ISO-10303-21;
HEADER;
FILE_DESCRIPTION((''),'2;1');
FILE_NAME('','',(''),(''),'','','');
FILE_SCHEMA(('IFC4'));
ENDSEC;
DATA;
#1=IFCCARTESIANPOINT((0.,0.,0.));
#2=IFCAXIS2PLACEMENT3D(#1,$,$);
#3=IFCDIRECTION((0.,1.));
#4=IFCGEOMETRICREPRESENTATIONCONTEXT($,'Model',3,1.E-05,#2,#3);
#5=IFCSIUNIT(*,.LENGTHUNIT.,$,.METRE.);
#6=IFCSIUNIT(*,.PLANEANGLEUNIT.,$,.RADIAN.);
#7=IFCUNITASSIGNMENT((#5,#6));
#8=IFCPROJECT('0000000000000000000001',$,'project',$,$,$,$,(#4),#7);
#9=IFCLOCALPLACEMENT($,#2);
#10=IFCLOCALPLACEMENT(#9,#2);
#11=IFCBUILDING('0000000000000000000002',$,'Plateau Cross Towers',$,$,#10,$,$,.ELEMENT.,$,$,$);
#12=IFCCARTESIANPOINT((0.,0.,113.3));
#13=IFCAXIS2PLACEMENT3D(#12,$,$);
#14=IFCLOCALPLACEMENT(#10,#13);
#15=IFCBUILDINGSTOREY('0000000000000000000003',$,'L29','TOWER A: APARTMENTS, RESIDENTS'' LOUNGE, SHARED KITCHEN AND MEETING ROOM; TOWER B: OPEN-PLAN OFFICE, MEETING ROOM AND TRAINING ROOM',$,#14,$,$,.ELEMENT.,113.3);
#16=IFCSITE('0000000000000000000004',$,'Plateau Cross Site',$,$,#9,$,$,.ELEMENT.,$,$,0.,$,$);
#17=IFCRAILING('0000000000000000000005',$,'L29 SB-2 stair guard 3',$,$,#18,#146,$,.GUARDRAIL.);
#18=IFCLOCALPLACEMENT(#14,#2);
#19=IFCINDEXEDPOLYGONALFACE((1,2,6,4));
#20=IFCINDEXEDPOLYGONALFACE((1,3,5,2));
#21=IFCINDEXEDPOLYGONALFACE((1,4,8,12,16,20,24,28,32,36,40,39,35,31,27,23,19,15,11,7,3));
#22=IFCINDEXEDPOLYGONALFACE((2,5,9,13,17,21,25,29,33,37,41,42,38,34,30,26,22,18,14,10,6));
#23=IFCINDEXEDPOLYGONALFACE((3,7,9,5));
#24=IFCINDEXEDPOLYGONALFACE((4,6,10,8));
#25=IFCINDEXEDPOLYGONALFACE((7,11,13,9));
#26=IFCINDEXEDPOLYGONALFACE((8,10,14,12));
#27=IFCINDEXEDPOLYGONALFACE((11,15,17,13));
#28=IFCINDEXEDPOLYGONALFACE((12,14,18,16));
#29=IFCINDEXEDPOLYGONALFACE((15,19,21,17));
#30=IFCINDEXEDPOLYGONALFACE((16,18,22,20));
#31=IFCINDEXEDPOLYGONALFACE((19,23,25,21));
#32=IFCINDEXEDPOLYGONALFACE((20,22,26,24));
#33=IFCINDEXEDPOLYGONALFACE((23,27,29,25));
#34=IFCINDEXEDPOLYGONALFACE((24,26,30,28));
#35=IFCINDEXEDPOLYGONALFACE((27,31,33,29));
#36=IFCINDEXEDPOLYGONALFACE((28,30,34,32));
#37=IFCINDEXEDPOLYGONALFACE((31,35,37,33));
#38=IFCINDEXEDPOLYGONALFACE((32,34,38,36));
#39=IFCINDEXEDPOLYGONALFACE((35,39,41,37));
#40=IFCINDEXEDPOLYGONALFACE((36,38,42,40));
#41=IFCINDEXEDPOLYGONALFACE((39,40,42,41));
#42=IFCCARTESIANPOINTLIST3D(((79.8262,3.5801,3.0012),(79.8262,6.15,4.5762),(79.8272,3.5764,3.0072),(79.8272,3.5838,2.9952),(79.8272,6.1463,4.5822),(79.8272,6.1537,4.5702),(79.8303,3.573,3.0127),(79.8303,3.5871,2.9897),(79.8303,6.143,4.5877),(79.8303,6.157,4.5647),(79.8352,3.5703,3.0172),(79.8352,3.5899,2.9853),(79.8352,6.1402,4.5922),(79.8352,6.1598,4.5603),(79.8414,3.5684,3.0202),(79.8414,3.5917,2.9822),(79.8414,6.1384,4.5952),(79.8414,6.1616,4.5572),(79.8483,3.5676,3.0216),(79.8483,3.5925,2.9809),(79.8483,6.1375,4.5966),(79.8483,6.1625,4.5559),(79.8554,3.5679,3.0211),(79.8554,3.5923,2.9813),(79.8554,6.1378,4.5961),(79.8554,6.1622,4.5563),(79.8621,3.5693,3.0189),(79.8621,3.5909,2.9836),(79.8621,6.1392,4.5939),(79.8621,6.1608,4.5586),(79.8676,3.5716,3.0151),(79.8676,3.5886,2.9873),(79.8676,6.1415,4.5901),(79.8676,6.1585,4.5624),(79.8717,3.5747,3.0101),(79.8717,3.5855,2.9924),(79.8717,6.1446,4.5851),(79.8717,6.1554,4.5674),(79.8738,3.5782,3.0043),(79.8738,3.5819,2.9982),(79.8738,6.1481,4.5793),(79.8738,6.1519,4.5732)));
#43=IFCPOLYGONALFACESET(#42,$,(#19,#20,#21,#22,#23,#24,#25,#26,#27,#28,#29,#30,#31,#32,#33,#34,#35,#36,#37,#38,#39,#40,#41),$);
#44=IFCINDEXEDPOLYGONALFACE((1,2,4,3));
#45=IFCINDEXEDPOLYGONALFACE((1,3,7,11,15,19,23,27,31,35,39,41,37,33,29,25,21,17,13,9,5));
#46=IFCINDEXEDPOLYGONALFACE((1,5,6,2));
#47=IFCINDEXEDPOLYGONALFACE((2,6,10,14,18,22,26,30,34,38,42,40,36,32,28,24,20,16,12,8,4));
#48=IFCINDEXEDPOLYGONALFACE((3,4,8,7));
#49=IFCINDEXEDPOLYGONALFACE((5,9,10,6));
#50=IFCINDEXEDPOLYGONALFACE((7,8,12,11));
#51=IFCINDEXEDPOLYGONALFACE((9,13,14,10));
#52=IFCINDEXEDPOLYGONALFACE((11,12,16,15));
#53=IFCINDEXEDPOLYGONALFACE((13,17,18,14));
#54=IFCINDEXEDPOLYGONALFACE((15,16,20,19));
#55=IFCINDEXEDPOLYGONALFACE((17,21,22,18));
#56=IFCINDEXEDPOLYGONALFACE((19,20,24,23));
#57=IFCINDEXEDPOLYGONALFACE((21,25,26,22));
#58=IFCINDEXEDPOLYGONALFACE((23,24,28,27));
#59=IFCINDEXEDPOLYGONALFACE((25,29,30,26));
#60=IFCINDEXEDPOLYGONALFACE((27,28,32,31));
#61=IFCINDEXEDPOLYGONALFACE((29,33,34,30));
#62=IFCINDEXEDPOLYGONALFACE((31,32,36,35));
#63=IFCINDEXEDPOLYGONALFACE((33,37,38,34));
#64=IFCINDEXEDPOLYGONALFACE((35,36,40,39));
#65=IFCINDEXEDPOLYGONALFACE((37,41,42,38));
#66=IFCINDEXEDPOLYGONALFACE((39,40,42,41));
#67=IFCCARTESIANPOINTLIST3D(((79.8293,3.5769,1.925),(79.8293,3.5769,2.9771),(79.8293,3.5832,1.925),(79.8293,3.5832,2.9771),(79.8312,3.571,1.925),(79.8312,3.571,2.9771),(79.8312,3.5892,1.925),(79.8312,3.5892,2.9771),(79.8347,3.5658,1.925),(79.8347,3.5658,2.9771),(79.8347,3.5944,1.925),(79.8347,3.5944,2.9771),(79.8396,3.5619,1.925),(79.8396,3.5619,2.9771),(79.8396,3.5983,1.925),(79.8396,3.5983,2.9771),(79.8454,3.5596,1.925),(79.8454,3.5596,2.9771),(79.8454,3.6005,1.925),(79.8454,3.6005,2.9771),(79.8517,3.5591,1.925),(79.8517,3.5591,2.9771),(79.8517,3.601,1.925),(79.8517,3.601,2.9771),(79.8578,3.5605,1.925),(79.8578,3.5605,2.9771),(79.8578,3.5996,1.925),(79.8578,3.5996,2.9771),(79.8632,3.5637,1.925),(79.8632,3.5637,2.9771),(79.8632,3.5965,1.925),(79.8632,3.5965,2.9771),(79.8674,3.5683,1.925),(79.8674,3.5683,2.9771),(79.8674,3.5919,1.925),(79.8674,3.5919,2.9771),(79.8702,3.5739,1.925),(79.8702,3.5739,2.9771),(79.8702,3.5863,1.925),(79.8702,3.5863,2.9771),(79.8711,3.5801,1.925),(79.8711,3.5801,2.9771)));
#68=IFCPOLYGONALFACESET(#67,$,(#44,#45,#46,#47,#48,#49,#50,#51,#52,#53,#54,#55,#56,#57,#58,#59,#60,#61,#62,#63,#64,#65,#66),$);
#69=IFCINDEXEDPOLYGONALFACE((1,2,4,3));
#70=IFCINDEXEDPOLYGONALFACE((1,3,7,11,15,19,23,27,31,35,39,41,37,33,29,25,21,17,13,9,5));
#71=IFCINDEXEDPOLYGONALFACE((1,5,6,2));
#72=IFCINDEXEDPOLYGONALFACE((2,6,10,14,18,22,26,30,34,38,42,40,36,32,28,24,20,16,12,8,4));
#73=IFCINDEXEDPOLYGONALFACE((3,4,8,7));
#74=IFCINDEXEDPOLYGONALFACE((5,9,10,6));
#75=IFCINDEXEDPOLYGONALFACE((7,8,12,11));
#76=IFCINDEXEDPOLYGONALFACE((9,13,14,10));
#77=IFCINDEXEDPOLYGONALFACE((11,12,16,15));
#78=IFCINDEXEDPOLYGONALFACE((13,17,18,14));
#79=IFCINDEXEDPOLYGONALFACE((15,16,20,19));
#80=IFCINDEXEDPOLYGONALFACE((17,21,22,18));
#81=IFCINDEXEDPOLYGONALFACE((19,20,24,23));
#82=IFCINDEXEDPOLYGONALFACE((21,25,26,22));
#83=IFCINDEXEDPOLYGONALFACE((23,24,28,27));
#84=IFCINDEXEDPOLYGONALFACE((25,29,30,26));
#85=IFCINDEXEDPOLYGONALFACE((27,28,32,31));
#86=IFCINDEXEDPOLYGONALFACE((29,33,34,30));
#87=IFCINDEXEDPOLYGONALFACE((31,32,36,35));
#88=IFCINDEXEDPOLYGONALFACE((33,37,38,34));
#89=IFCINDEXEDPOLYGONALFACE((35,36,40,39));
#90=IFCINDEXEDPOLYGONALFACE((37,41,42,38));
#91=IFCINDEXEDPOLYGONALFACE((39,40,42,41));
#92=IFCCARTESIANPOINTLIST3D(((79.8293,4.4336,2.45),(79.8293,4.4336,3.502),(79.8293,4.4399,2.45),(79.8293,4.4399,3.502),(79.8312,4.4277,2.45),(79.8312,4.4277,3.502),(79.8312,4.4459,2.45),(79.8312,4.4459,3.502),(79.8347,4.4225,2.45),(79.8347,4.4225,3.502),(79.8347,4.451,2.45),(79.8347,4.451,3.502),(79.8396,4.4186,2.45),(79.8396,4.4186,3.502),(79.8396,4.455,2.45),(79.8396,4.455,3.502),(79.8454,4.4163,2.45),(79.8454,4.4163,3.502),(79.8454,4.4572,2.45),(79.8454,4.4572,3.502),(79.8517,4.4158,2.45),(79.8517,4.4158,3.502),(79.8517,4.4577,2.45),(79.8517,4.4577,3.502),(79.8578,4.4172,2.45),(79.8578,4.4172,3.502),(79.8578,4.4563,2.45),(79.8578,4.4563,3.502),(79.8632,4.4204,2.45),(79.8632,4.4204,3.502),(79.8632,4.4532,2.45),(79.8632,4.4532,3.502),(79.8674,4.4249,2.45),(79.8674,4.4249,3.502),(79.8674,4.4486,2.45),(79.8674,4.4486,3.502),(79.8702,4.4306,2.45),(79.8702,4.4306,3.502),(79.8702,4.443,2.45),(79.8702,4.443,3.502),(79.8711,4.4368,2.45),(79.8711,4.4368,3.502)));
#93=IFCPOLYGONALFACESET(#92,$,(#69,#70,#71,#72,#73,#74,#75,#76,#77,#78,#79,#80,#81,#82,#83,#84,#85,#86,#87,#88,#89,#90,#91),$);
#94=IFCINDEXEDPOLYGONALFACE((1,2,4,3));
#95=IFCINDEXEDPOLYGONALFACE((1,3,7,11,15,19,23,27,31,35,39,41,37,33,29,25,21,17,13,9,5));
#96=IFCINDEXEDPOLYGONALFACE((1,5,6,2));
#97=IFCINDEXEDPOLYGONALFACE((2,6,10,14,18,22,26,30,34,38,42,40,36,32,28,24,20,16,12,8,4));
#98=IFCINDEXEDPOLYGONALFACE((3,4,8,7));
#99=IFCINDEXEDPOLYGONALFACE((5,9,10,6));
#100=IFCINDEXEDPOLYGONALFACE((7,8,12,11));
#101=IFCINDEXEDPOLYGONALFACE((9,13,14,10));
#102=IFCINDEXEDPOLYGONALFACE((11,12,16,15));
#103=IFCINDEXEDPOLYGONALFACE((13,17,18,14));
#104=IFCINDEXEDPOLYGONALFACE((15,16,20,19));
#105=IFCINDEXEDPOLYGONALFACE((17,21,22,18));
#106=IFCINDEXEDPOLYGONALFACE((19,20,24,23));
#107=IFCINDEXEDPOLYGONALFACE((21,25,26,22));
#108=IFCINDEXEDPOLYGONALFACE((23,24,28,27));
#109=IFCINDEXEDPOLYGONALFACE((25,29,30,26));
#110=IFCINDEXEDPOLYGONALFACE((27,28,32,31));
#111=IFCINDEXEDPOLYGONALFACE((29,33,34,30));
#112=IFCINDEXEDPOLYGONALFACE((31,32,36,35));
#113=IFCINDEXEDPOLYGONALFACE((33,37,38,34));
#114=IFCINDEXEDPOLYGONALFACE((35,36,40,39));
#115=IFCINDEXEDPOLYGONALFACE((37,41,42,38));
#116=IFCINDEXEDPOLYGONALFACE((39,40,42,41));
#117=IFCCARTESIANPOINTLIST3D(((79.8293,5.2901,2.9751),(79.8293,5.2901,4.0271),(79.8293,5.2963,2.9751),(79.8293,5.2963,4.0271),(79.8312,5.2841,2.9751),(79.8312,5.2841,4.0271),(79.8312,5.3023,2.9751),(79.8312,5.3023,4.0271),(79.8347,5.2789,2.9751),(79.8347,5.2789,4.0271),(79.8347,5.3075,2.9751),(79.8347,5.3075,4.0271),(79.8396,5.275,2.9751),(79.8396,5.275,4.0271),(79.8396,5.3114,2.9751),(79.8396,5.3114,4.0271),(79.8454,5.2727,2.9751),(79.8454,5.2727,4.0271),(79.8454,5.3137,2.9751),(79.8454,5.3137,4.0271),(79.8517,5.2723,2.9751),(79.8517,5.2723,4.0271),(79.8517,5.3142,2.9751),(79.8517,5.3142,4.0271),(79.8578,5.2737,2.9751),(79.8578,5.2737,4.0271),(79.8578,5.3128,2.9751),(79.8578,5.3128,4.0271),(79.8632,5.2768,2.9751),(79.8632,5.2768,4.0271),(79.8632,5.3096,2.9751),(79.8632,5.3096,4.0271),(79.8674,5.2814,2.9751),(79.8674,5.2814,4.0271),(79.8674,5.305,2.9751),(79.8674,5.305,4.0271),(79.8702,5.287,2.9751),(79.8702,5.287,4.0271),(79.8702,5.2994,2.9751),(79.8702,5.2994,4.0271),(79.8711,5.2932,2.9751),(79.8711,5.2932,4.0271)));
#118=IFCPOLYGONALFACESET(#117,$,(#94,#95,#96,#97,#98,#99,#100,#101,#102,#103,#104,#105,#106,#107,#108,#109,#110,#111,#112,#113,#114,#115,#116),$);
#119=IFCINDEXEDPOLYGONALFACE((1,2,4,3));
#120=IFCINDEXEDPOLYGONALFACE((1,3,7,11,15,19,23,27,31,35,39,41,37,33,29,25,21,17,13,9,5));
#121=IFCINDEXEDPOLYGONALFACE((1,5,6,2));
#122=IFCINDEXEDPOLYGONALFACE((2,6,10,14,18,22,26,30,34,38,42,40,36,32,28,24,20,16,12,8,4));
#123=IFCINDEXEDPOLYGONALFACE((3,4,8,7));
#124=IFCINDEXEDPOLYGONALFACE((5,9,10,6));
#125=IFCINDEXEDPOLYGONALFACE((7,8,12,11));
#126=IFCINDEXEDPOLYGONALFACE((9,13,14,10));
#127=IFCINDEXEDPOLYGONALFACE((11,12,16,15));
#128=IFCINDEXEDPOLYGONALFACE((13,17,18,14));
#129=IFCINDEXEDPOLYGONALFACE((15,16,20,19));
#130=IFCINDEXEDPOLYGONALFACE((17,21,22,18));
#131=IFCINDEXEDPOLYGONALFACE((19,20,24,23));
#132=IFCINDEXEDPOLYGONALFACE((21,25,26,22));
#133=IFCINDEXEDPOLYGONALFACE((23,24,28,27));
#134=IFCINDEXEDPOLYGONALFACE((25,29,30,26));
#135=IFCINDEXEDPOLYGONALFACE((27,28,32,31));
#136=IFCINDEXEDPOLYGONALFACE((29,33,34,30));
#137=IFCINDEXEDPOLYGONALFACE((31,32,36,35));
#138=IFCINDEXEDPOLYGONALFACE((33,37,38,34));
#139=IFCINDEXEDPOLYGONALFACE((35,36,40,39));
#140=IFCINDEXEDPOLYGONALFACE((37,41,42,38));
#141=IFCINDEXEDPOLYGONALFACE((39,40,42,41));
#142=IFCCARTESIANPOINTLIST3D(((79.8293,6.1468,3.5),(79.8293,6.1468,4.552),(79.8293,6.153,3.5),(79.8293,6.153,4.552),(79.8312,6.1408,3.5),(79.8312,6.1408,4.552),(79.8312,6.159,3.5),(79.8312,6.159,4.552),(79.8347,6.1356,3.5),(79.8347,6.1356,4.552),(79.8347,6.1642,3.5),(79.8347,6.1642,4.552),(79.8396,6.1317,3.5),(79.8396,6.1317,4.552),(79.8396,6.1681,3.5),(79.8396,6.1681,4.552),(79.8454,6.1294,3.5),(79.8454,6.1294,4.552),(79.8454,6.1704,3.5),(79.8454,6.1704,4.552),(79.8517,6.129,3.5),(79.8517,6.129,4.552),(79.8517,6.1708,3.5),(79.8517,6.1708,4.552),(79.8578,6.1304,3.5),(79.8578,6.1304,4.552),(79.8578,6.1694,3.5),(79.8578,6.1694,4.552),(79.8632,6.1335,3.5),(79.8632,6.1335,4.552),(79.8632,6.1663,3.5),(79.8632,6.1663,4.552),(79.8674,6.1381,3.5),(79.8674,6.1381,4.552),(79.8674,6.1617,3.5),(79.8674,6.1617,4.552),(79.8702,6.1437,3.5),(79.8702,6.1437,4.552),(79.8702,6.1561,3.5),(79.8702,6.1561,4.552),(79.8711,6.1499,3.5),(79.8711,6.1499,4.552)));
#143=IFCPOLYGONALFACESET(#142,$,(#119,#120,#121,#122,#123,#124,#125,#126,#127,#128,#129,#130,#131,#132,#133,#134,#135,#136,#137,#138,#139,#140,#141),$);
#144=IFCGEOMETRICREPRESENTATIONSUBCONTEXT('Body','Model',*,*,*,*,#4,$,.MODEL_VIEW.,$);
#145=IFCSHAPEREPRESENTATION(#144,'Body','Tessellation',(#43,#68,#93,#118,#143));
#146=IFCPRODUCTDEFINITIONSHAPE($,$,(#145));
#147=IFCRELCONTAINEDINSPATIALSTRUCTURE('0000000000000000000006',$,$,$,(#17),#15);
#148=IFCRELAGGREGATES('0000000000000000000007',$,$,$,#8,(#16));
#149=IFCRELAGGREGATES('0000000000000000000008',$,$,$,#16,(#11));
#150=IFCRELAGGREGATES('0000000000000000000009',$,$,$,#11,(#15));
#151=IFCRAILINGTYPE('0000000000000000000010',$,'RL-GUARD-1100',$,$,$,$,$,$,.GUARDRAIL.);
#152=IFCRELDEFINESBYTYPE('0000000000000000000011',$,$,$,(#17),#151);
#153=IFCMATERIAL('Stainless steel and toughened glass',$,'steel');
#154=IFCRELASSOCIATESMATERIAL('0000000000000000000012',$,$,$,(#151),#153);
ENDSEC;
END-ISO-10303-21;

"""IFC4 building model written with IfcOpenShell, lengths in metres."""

from ifc_helpers import new_model, si_unit, direction, frame, origin, origin_2d, place, context, subcontext, project, spatial, circle, extrude, material, type_object, element, save


model = new_model("IFC4")

# Units and contexts
model_context = context("Model", 3, precision=1e-05, world=origin(), true_north=direction((0.0, 1.0)))
body_context = subcontext(model_context, "Body", "Model", "MODEL_VIEW")
ifc_project = project(units=[si_unit("LENGTHUNIT", "METRE"), si_unit("PLANEANGLEUNIT", "RADIAN")], contexts=[model_context])

# Site, building, storey
site_placement = place(None, origin())
site = spatial("IfcSite", under=ifc_project, at=site_placement, Name="Plateau Cross Site", CompositionType="ELEMENT", RefElevation=0.0)
building_placement = place(site_placement, origin())
building = spatial("IfcBuilding", under=site, at=building_placement, Name="Plateau Cross Towers", CompositionType="ELEMENT")
storey_placement = place(building_placement, frame((0.0, 0.0, 113.3)))
storey = spatial("IfcBuildingStorey", under=building, at=storey_placement, Name="L29", Description="TOWER A: APARTMENTS, RESIDENTS' LOUNGE, SHARED KITCHEN AND MEETING ROOM; TOWER B: OPEN-PLAN OFFICE, MEETING ROOM AND TRAINING ROOM", CompositionType="ELEMENT", Elevation=113.3)

# Railing
ifc_material_1 = material(Name="Stainless steel and toughened glass", Category="steel")
railing_type_1 = type_object("IfcRailingType", Name="RL-GUARD-1100", PredefinedType="GUARDRAIL", material=ifc_material_1)
railing_1_placement = place(storey_placement, frame((79.8501, 3.5801, 1.925)))
element("IfcRailing", 1, at=railing_1_placement, inside=storey, type_object=railing_type_1, Name="L29 SB-2 stair guard 3", PredefinedType="GUARDRAIL", context=body_context, shape_type="SweptSolid", body=[
    extrude(circle(Radius=0.0239, at=origin_2d()), frame((0.0, 0.0, 1.0762), z_axis=(0.0, 0.852616, 0.522537), x_axis=(-1.0, 0.0, 0.0)), (0.0, 0.0, 1.0), 3.0142),
    extrude(circle(Radius=0.021, at=origin_2d()), origin(), (0.0, 0.0, 1.0), 1.052),
    extrude(circle(Radius=0.021, at=origin_2d()), frame((0.0, 0.8567, 0.5249)), (0.0, 0.0, 1.0), 1.052),
    extrude(circle(Radius=0.021, at=origin_2d()), frame((0.0, 1.7131, 1.05)), (0.0, 0.0, 1.0), 1.052),
    extrude(circle(Radius=0.021, at=origin_2d()), frame((0.0, 2.5698, 1.575)), (0.0, 0.0, 1.0), 1.052),
])

save(model, "model.ifc")
